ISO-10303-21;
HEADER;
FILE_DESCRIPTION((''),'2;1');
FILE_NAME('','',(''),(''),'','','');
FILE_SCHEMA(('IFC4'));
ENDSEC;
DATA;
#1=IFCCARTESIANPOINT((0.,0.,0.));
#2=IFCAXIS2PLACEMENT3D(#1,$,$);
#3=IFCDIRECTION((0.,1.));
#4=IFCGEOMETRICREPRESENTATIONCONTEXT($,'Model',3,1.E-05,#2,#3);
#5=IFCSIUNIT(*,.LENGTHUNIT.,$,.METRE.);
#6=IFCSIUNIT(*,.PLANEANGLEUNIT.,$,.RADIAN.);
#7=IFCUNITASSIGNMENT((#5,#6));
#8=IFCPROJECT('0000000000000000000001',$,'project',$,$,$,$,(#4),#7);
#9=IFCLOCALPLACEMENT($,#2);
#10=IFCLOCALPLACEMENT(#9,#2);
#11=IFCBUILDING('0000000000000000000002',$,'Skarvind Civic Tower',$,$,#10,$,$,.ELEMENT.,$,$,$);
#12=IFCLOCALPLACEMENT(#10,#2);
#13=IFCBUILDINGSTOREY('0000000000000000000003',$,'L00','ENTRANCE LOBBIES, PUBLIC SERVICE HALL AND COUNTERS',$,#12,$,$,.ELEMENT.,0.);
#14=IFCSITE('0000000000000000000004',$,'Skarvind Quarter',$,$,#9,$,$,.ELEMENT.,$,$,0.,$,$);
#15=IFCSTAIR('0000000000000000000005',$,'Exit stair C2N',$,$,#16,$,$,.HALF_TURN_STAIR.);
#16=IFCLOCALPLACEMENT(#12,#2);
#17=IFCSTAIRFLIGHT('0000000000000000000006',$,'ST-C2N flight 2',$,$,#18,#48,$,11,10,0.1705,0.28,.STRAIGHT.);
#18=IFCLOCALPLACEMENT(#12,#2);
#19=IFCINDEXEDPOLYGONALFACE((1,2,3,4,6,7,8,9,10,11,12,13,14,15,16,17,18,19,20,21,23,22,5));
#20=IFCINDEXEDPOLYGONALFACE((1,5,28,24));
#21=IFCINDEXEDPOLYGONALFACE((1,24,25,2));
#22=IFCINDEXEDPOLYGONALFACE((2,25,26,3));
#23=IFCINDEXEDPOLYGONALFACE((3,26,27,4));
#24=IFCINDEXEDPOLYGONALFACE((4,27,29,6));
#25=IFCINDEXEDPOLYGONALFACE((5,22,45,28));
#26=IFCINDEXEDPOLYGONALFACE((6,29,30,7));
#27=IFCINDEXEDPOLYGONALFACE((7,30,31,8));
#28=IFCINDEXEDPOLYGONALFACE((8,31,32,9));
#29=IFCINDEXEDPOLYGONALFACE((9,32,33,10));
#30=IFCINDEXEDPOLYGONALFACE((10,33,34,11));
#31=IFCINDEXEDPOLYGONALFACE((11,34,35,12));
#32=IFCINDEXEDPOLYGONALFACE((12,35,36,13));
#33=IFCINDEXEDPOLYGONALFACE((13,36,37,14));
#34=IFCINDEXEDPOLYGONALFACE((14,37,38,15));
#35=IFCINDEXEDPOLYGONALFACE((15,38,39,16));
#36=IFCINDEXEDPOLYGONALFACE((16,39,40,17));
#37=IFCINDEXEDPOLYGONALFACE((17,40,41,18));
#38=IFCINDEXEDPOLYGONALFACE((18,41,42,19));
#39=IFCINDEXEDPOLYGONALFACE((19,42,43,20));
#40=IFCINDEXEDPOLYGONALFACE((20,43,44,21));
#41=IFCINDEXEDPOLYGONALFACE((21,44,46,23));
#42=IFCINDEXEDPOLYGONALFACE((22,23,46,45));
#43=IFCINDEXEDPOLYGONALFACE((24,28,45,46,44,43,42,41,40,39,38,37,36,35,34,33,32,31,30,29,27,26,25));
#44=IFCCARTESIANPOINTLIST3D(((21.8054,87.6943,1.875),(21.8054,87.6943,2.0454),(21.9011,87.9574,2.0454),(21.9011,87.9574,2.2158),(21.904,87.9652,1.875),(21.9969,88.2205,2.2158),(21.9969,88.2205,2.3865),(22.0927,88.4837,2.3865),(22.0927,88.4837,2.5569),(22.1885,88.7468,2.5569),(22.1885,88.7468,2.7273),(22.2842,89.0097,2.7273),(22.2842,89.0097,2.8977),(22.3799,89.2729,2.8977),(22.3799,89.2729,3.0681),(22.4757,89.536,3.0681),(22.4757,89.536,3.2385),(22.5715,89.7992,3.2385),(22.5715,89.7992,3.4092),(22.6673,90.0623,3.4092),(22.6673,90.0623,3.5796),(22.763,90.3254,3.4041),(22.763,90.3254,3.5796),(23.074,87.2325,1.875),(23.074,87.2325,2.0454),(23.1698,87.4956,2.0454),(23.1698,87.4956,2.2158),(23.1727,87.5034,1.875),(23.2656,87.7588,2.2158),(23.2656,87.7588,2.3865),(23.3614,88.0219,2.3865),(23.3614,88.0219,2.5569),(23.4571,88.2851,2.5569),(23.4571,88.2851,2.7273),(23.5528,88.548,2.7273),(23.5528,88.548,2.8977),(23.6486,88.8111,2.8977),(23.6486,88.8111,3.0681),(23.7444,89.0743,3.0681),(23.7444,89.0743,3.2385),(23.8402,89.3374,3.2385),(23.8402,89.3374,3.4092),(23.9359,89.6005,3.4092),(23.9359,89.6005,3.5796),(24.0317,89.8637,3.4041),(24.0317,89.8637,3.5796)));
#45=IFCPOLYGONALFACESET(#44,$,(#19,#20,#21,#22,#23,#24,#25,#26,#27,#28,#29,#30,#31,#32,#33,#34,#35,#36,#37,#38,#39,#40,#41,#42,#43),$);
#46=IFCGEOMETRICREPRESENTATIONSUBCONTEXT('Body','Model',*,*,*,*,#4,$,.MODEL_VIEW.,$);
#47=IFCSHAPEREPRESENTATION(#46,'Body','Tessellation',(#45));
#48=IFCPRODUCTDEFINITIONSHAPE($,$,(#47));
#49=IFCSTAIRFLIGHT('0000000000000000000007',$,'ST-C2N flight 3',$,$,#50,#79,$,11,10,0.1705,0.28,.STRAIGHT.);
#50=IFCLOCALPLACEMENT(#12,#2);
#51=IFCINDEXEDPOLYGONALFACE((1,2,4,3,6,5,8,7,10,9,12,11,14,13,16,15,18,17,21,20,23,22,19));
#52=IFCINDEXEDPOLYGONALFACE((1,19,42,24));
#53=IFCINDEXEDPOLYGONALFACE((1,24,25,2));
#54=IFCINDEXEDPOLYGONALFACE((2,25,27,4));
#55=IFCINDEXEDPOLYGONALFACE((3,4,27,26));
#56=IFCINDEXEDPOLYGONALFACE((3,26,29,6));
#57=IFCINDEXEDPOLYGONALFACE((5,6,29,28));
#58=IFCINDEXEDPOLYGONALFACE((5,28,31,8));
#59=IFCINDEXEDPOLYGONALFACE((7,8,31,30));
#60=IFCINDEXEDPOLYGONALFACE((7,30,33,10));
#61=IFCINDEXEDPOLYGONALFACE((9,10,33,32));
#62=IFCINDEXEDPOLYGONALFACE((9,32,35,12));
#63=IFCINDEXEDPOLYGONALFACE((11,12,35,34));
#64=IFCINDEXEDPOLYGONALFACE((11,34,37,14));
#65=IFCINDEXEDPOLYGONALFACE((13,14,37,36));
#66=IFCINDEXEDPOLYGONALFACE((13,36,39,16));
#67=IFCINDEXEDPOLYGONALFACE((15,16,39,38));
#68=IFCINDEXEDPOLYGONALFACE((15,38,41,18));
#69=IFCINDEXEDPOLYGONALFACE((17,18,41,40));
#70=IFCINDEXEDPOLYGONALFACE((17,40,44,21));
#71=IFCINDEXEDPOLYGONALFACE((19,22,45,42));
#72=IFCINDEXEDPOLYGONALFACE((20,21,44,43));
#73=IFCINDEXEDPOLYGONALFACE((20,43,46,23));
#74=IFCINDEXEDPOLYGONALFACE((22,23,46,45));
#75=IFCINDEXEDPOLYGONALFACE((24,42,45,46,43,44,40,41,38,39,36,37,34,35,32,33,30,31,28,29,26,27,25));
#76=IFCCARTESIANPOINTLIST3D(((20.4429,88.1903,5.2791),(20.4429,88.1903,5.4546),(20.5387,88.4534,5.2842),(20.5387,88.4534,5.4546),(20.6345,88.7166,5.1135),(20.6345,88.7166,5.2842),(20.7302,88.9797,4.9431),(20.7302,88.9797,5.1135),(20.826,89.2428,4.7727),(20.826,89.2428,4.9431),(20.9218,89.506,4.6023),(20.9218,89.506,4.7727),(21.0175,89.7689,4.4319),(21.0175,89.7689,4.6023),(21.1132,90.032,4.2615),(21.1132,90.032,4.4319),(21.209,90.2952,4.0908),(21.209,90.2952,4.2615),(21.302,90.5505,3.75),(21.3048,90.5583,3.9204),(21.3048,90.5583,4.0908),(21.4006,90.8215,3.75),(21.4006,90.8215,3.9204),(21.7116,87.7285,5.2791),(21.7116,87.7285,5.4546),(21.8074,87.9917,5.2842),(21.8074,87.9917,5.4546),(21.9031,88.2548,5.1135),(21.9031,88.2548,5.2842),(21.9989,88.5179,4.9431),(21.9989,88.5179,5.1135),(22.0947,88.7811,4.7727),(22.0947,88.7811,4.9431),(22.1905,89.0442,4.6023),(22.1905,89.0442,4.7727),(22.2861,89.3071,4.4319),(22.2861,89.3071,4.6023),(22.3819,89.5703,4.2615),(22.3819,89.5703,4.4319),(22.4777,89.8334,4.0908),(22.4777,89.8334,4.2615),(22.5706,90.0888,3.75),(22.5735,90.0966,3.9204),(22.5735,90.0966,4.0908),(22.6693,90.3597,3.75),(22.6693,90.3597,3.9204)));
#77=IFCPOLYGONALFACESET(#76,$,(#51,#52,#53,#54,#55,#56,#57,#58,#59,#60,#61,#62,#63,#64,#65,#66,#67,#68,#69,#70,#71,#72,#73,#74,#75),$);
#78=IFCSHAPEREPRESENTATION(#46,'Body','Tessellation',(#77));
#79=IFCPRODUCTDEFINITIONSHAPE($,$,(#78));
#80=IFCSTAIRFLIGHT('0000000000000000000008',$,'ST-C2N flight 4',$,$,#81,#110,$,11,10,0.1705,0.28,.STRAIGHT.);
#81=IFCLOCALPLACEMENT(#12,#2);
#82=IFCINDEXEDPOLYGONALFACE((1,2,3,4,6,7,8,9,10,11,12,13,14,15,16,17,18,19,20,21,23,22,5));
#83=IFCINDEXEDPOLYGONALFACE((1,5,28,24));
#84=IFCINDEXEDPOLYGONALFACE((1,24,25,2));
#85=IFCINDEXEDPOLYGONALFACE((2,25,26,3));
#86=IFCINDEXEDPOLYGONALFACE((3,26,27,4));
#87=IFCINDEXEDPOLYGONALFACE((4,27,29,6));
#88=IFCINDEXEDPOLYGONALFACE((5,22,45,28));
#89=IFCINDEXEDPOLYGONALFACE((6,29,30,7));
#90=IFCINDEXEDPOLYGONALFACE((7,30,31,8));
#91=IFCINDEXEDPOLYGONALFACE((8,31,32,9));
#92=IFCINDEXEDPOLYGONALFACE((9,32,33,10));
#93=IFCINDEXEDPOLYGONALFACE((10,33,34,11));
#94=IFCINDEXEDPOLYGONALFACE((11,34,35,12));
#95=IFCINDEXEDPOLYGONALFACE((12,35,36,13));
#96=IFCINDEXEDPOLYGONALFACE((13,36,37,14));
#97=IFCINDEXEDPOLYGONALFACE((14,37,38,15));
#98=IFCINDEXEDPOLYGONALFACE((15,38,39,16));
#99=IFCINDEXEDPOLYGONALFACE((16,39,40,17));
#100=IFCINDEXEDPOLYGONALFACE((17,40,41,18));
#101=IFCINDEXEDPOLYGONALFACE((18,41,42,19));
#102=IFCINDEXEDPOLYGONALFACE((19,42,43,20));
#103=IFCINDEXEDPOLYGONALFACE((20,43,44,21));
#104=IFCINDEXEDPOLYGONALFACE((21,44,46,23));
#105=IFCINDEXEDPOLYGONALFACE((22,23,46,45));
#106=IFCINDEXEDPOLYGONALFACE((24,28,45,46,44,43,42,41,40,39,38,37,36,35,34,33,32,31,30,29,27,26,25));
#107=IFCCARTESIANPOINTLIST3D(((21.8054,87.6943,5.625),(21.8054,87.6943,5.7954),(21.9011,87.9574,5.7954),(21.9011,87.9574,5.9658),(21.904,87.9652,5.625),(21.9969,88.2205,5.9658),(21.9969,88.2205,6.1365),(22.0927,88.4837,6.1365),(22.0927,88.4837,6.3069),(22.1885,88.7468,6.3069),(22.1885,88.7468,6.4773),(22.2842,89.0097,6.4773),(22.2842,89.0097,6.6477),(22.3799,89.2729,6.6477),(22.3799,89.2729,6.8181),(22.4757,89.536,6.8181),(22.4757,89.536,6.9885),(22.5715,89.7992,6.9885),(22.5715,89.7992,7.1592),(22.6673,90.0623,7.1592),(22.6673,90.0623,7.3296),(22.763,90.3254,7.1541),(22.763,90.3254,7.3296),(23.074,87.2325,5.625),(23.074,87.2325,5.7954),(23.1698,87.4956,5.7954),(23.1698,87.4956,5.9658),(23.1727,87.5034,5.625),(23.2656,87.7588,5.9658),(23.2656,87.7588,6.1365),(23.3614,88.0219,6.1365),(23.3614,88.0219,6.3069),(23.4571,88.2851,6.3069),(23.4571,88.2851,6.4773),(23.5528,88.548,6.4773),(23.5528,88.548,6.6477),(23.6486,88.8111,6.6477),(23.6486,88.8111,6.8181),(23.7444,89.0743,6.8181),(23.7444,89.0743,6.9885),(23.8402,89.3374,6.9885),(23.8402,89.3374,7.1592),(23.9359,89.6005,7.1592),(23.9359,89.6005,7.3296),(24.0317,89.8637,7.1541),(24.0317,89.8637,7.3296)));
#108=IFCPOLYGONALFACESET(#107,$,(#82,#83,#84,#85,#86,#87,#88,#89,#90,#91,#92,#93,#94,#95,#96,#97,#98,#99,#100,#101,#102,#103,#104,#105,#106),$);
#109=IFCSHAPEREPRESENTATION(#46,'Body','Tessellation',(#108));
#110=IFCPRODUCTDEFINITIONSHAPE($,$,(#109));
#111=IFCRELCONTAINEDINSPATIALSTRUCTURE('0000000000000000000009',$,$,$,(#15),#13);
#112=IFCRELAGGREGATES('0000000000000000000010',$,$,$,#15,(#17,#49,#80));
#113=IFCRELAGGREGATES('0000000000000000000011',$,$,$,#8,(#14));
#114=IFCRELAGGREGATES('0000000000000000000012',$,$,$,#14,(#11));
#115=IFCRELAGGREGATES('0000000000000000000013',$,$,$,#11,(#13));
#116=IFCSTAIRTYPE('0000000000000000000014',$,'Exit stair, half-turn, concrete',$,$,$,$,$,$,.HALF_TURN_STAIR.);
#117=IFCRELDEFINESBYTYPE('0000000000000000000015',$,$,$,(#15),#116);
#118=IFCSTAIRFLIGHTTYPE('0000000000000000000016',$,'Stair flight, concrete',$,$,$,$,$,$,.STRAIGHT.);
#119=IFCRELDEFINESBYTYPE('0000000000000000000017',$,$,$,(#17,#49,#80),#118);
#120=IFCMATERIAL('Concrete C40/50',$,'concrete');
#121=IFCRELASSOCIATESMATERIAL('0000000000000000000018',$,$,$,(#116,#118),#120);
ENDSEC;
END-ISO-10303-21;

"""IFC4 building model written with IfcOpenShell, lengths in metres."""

from ifc_helpers import new_model, si_unit, direction, frame, origin, place, context, subcontext, project, spatial, polyline, outline, extrude, material, type_object, element, aggregate, save


model = new_model("IFC4")

# Units and contexts
model_context = context("Model", 3, precision=1e-05, world=origin(), true_north=direction((0.0, 1.0)))
body_context = subcontext(model_context, "Body", "Model", "MODEL_VIEW")
ifc_project = project(units=[si_unit("LENGTHUNIT", "METRE"), si_unit("PLANEANGLEUNIT", "RADIAN")], contexts=[model_context])

# Site, building, storey
site_placement = place(None, origin())
site = spatial("IfcSite", under=ifc_project, at=site_placement, Name="Skarvind Quarter", CompositionType="ELEMENT", RefElevation=0.0)
building_placement = place(site_placement, origin())
building = spatial("IfcBuilding", under=site, at=building_placement, Name="Skarvind Civic Tower", CompositionType="ELEMENT")
storey_placement = place(building_placement, origin())
storey = spatial("IfcBuildingStorey", under=building, at=storey_placement, Name="L00", Description="ENTRANCE LOBBIES, PUBLIC SERVICE HALL AND COUNTERS", CompositionType="ELEMENT", Elevation=0.0)

# Stair, stair flights
ifc_material_1 = material(Name="Concrete C40/50", Category="concrete")
stair_type = type_object("IfcStairType", Name="Exit stair, half-turn, concrete", PredefinedType="HALF_TURN_STAIR", material=ifc_material_1)
stair_placement = place(storey_placement, origin())
stair = element("IfcStair", 1, at=stair_placement, inside=storey, type_object=stair_type, Name="Exit stair C2N", PredefinedType="HALF_TURN_STAIR")
stair_flight_type = type_object("IfcStairFlightType", Name="Stair flight, concrete", PredefinedType="STRAIGHT", material=ifc_material_1)
stair_flight_1_placement = place(storey_placement, frame((22.4397, 87.4634, 1.875), z_axis=(0.0, 0.0, 1.0), x_axis=(0.34202, 0.939693, 0.0)))
stair_flight_1 = element("IfcStairFlight", 2, at=stair_flight_1_placement, type_object=stair_flight_type, Name="ST-C2N flight 2", NumberOfRisers=11, NumberOfTreads=10, PredefinedType="STRAIGHT", RiserHeight=0.1705, TreadLength=0.28, context=body_context, shape_type="SweptSolid", body=[
    extrude(outline(polyline([(0.0, 0.0), (0.0, 0.1704), (0.28, 0.1704), (0.28, 0.3408), (0.5601, 0.3408), (0.5601, 0.5115), (0.8401, 0.5115), (0.8401, 0.6819), (1.1201, 0.6819), (1.1201, 0.8523), (1.3999, 0.8523), (1.3999, 1.0227), (1.6799, 1.0227), (1.6799, 1.1931), (1.96, 1.1931), (1.96, 1.3635), (2.24, 1.3635), (2.24, 1.5342), (2.52, 1.5342), (2.52, 1.7046), (2.8, 1.7046), (2.8, 1.875), (2.8, 1.5291), (0.2883, 0.0), (0.0, 0.0)])), frame((0.0, 0.675, 0.0), z_axis=(0.0, -1.0, 0.0), x_axis=(1.0, 0.0, 0.0)), (0.0, 0.0, 1.0), 1.3501),
])
stair_flight_2_placement = place(storey_placement, frame((22.0349, 90.5906, 3.75), z_axis=(0.0, 0.0, 1.0), x_axis=(-0.34202, -0.939693, 0.0)))
stair_flight_2 = element("IfcStairFlight", 3, at=stair_flight_2_placement, type_object=stair_flight_type, Name="ST-C2N flight 3", NumberOfRisers=11, NumberOfTreads=10, PredefinedType="STRAIGHT", RiserHeight=0.1705, TreadLength=0.28, context=body_context, shape_type="SweptSolid", body=[
    extrude(outline(polyline([(0.0, 0.0), (0.0, 0.1704), (0.28, 0.1704), (0.28, 0.3408), (0.5601, 0.3408), (0.5601, 0.5115), (0.8401, 0.5115), (0.8401, 0.6819), (1.1201, 0.6819), (1.1201, 0.8523), (1.3999, 0.8523), (1.3999, 1.0227), (1.6799, 1.0227), (1.6799, 1.1931), (1.96, 1.1931), (1.96, 1.3635), (2.24, 1.3635), (2.24, 1.5342), (2.52, 1.5342), (2.52, 1.7046), (2.8, 1.7046), (2.8, 1.875), (2.8, 1.5291), (0.2883, 0.0), (0.0, 0.0)])), frame((0.0, 0.675, 0.0), z_axis=(0.0, -1.0, 0.0), x_axis=(1.0, 0.0, 0.0)), (0.0, 0.0, 1.0), 1.3501),
])
stair_flight_3_placement = place(storey_placement, frame((22.4397, 87.4634, 5.625), z_axis=(0.0, 0.0, 1.0), x_axis=(0.34202, 0.939693, 0.0)))
stair_flight_3 = element("IfcStairFlight", 4, at=stair_flight_3_placement, type_object=stair_flight_type, Name="ST-C2N flight 4", NumberOfRisers=11, NumberOfTreads=10, PredefinedType="STRAIGHT", RiserHeight=0.1705, TreadLength=0.28, context=body_context, shape_type="SweptSolid", body=[
    extrude(outline(polyline([(0.0, 0.0), (0.0, 0.1704), (0.28, 0.1704), (0.28, 0.3408), (0.5601, 0.3408), (0.5601, 0.5115), (0.8401, 0.5115), (0.8401, 0.6819), (1.1201, 0.6819), (1.1201, 0.8523), (1.3999, 0.8523), (1.3999, 1.0227), (1.6799, 1.0227), (1.6799, 1.1931), (1.96, 1.1931), (1.96, 1.3635), (2.24, 1.3635), (2.24, 1.5342), (2.52, 1.5342), (2.52, 1.7046), (2.8, 1.7046), (2.8, 1.875), (2.8, 1.5291), (0.2883, 0.0), (0.0, 0.0)])), frame((0.0, 0.675, 0.0), z_axis=(0.0, -1.0, 0.0), x_axis=(1.0, 0.0, 0.0)), (0.0, 0.0, 1.0), 1.3501),
])
aggregate(stair, [stair_flight_1, stair_flight_2, stair_flight_3])

save(model, "model.ifc")
